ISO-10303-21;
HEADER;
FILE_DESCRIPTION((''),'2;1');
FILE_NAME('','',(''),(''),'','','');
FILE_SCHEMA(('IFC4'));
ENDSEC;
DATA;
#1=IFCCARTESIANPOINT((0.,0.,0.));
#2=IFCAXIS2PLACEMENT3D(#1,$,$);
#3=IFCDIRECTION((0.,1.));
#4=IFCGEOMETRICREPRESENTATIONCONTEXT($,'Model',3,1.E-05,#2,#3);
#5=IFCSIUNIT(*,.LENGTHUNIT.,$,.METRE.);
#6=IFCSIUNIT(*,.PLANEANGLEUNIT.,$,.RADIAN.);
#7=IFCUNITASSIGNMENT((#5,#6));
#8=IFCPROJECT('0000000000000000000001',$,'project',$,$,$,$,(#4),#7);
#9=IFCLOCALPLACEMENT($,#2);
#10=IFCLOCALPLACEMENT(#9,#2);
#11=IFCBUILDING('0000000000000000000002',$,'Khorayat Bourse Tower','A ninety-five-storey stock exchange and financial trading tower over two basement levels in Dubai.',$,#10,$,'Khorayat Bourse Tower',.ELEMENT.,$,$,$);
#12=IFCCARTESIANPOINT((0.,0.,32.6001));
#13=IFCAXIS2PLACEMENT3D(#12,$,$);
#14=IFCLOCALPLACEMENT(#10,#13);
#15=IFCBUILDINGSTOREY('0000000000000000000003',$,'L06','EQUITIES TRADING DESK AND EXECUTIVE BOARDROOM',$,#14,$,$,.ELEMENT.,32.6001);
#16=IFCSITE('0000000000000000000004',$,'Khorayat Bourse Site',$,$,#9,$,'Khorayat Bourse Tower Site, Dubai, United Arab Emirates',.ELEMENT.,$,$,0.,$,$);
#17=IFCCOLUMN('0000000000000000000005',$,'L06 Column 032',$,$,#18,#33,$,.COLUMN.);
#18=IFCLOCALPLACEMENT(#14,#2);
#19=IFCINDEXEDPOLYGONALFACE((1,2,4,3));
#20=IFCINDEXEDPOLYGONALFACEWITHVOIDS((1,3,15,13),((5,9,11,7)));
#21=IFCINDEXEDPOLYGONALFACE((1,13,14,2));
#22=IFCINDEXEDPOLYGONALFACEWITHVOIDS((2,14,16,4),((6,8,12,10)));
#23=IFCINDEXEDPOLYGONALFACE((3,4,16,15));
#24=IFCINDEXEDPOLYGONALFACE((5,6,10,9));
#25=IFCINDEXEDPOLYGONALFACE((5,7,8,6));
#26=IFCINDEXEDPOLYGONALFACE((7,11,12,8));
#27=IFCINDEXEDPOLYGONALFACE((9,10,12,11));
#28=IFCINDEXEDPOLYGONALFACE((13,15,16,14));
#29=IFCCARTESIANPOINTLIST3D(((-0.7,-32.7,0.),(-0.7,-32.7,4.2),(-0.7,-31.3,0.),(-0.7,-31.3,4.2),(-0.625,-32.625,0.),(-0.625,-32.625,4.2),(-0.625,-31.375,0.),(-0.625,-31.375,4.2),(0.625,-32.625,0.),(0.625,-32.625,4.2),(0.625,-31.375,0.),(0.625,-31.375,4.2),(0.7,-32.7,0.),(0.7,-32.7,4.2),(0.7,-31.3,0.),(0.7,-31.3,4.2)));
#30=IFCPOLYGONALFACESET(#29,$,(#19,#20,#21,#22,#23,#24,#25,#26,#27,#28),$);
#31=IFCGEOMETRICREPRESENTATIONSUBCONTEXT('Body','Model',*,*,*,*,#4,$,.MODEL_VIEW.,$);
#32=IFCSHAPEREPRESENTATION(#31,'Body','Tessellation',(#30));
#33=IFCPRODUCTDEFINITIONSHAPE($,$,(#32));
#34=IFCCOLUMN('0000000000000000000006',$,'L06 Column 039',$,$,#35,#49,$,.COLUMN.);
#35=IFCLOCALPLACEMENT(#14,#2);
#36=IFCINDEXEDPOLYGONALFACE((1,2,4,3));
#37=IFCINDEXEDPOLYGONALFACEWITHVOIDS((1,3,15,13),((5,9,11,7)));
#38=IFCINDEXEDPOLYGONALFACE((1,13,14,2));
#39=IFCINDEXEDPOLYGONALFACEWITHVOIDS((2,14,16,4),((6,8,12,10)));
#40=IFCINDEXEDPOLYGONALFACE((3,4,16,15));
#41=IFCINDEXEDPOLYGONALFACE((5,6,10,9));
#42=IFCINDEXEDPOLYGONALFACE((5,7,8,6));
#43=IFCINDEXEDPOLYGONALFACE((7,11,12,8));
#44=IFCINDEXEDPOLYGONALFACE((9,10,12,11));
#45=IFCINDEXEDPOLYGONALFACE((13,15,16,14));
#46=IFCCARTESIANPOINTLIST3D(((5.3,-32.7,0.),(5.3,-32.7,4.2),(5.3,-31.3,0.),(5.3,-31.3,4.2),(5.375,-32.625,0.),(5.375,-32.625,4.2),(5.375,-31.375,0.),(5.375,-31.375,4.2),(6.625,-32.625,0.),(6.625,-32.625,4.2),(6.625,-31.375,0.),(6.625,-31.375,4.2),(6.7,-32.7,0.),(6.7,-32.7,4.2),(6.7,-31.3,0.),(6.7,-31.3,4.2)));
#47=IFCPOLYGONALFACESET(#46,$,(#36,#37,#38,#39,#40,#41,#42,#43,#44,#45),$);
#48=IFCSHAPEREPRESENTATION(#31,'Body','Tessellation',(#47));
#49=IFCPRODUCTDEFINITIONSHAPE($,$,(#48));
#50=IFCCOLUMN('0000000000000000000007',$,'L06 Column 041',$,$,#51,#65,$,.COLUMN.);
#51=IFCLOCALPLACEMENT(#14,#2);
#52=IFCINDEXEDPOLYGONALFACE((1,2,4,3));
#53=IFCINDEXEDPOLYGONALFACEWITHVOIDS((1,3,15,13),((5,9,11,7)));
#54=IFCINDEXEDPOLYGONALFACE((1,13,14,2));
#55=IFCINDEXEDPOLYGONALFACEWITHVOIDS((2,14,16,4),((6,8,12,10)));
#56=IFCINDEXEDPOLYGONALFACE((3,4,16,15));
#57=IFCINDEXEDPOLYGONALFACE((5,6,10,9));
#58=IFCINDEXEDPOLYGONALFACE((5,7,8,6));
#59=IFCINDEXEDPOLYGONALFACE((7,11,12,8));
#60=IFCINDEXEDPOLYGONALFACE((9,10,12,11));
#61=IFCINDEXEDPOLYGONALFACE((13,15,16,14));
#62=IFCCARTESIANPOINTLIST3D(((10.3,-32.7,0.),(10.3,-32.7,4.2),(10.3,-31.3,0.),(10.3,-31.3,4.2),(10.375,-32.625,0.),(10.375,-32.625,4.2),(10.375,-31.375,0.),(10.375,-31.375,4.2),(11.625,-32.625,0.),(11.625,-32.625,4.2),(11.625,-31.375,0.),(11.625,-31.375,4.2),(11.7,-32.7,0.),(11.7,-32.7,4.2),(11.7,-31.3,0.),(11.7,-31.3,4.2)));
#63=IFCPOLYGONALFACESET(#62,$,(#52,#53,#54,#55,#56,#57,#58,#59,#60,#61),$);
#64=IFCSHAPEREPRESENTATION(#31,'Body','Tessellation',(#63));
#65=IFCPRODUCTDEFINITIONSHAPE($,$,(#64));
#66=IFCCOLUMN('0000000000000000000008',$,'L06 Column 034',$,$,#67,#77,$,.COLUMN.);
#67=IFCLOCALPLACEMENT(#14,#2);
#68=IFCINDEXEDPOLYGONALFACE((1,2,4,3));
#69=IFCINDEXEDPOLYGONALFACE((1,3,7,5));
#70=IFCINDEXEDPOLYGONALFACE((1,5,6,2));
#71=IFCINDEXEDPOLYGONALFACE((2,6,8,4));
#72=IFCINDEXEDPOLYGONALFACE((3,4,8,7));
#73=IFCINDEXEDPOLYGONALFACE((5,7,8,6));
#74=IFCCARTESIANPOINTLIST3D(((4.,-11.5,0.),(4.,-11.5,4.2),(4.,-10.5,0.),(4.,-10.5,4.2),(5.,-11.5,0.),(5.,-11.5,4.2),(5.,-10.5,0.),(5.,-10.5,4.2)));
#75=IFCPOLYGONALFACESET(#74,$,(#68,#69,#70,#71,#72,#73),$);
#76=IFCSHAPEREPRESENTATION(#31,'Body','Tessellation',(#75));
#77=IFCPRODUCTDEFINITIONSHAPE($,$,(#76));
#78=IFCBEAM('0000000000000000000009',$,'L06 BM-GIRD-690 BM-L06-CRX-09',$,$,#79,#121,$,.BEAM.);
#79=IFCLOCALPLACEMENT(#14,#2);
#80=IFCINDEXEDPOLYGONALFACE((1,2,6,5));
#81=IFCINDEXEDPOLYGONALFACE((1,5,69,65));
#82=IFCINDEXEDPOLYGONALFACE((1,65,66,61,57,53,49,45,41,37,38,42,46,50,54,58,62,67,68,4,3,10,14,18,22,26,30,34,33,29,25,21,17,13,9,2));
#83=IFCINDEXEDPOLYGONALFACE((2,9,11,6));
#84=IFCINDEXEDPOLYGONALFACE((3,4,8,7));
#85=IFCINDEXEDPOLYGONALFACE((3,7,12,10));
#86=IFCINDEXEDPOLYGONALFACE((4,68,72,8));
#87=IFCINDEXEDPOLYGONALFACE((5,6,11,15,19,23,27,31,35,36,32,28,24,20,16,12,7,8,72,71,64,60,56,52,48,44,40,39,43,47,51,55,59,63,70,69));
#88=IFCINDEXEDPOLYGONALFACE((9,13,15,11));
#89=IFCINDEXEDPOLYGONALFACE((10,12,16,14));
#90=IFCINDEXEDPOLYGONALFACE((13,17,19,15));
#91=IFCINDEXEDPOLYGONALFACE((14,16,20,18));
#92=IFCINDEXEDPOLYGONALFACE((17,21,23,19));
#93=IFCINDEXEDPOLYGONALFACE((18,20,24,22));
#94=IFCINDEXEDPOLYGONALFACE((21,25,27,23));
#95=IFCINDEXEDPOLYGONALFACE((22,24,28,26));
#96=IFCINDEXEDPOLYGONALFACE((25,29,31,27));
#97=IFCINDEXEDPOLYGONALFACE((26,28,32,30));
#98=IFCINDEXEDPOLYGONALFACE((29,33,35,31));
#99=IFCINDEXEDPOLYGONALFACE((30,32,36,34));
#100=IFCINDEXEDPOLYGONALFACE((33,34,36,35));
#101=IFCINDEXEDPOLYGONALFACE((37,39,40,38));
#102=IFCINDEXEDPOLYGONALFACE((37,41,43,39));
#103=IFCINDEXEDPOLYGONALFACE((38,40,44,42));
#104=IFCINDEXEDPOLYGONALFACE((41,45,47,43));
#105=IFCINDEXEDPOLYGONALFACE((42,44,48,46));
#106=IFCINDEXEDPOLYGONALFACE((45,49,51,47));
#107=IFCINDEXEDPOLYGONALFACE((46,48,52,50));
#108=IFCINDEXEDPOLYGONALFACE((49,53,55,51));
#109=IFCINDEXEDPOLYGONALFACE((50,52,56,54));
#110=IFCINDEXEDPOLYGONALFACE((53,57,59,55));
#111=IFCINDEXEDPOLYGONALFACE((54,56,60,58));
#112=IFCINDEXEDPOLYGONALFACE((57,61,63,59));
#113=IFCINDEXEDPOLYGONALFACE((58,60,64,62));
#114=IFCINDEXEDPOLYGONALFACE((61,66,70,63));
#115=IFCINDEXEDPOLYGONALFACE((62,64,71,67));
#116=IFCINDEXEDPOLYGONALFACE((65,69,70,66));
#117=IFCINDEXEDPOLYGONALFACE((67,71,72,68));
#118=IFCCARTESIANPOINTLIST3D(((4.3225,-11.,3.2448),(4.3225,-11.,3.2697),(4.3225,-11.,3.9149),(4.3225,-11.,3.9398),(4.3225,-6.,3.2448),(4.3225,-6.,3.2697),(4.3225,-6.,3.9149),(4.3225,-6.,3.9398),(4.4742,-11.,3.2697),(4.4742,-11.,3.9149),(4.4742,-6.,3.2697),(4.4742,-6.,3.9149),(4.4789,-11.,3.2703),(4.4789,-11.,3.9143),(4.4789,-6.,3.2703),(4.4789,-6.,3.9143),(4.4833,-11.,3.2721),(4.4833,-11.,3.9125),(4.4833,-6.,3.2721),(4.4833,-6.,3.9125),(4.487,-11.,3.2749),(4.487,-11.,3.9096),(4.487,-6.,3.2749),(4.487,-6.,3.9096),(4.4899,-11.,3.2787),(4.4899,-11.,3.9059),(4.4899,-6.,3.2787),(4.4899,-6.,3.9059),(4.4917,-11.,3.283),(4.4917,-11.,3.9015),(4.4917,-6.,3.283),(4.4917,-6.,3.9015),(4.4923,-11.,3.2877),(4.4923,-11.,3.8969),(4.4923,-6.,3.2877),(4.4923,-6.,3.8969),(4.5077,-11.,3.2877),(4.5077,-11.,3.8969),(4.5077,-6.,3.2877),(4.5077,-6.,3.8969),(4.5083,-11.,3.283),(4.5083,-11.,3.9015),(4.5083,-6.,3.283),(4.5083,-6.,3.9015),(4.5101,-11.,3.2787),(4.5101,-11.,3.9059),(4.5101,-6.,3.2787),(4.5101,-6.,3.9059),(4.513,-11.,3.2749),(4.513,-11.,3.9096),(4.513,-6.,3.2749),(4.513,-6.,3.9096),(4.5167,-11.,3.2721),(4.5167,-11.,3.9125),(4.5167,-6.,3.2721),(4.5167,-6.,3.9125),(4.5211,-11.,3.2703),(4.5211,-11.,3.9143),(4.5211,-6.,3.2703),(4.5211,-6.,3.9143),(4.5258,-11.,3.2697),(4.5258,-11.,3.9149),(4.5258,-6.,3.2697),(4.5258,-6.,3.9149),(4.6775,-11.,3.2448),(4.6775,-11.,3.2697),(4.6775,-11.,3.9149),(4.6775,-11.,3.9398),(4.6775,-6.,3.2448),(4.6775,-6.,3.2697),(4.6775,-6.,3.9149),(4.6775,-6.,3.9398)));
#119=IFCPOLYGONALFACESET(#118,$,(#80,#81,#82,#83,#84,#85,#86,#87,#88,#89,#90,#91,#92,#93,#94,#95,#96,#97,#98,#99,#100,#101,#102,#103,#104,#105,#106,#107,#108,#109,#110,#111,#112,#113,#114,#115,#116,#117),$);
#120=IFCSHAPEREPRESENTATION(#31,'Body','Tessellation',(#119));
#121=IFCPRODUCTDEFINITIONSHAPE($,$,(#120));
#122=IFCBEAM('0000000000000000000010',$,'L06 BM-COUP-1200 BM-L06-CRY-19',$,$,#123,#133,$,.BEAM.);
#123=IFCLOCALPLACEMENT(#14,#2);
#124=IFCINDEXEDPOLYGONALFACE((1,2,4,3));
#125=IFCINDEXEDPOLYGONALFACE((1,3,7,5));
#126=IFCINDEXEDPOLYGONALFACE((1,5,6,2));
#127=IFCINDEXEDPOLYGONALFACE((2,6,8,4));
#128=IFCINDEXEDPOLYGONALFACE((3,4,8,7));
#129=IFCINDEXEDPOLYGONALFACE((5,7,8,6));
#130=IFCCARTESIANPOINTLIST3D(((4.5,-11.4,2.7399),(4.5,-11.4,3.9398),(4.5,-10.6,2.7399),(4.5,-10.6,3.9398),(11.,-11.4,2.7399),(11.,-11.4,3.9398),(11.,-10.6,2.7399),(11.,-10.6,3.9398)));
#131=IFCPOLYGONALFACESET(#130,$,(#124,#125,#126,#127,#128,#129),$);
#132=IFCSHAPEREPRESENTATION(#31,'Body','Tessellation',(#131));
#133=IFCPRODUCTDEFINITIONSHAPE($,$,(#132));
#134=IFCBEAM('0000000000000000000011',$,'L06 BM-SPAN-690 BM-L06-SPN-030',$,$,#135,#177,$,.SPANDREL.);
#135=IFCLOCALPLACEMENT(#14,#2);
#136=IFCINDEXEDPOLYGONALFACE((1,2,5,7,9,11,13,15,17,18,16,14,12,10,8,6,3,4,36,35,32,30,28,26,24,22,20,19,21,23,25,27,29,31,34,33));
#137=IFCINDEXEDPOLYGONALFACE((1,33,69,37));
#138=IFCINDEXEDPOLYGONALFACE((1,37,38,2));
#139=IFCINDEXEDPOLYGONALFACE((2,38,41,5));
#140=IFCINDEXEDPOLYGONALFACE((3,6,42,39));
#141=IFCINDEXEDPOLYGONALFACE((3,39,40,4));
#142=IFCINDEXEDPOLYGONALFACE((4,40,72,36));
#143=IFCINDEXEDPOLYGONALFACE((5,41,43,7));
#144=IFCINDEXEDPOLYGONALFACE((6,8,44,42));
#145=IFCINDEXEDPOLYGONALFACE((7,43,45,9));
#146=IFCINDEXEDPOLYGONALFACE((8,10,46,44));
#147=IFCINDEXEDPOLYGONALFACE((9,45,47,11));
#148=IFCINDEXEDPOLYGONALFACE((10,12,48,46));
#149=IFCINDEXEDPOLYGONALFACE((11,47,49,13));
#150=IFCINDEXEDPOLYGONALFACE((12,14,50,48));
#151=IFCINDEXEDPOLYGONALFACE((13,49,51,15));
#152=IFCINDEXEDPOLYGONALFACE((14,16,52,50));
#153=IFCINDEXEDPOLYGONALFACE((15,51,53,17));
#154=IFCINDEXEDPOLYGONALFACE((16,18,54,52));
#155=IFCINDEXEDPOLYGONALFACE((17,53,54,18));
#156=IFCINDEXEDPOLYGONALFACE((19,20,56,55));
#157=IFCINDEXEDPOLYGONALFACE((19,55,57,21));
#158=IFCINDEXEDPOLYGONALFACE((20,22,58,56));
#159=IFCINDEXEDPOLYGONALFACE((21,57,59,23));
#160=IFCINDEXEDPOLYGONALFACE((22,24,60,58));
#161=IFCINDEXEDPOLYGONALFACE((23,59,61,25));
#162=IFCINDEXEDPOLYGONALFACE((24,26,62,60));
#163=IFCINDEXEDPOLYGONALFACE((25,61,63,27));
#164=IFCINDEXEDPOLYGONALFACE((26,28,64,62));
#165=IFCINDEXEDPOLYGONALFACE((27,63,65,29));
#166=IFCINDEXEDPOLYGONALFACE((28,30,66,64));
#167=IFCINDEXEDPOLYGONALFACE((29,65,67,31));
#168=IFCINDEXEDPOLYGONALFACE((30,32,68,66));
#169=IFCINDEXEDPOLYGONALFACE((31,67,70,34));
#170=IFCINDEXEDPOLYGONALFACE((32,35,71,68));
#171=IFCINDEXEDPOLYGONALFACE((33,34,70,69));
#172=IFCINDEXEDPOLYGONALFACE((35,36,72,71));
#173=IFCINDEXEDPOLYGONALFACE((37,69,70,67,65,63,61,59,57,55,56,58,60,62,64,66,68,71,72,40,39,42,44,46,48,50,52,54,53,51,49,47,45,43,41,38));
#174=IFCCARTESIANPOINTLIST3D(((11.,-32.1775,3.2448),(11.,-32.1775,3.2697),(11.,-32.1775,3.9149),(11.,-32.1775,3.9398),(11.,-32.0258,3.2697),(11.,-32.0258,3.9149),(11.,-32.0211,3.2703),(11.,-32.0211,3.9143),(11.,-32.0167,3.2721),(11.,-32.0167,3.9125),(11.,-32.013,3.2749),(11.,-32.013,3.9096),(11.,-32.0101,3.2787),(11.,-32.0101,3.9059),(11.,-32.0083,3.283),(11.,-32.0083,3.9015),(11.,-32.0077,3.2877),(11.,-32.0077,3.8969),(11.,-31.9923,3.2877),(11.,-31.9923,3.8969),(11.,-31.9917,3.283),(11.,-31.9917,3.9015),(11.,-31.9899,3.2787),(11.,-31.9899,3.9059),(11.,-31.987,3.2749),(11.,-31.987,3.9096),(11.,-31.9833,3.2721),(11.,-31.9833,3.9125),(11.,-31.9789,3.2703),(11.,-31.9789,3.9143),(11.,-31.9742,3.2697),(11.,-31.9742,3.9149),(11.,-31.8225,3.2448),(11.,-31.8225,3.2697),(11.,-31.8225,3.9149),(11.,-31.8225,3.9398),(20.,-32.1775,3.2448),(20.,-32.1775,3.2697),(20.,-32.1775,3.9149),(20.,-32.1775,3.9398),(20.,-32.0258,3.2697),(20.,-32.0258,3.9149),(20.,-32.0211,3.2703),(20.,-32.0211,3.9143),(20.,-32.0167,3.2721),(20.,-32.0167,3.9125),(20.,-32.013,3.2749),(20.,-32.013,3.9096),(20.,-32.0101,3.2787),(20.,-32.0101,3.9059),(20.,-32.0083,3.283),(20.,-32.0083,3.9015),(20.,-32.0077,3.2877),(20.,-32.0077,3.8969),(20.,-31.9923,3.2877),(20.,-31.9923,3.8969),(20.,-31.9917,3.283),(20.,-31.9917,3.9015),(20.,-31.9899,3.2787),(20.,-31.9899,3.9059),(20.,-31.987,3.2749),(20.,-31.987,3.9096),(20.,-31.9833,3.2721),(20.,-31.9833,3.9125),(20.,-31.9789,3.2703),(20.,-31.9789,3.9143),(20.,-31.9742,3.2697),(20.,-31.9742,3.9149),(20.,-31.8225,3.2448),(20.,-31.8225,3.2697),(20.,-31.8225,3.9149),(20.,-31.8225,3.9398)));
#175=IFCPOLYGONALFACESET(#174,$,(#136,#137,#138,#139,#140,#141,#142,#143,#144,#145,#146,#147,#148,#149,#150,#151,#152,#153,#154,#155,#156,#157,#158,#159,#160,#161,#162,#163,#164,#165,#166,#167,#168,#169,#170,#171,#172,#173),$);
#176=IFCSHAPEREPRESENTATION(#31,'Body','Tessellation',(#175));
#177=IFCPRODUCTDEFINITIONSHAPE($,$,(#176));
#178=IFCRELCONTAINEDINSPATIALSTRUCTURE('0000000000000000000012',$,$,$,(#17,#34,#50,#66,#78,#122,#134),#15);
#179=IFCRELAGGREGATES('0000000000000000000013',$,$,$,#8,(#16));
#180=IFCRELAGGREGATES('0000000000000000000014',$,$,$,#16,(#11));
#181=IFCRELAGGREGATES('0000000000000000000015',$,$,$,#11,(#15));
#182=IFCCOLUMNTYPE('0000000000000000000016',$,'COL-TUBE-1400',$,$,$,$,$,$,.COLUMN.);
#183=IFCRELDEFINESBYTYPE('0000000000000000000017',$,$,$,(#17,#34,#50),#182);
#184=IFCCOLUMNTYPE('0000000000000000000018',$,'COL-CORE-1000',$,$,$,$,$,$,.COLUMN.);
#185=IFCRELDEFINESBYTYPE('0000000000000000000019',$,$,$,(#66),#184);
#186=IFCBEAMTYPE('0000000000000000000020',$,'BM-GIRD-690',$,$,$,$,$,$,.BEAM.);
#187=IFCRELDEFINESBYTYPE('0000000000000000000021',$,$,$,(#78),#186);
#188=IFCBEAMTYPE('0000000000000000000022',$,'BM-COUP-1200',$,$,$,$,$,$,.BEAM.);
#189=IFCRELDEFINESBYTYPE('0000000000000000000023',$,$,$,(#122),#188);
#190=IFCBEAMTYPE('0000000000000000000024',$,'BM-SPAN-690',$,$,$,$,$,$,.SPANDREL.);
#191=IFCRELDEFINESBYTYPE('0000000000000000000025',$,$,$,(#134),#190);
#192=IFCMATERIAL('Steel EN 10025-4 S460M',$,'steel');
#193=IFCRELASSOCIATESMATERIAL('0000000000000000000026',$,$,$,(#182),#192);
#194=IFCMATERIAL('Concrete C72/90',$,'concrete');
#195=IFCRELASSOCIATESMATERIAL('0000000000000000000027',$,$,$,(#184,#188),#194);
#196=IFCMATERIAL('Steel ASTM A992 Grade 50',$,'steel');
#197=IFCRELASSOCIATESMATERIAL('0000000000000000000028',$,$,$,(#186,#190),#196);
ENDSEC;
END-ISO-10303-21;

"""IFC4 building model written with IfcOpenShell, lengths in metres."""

from ifc_helpers import new_model, si_unit, direction, frame, origin, origin_2d, place, context, subcontext, project, spatial, rectangle, hollow_rectangle, i_section, extrude, source, transform, mapped, material, material_profile, profile_set, type_object, element, save


model = new_model("IFC4")

# Units and contexts
model_context = context("Model", 3, precision=1e-05, world=origin(), true_north=direction((0.0, 1.0)))
body_context = subcontext(model_context, "Body", "Model", "MODEL_VIEW")
ifc_project = project(units=[si_unit("LENGTHUNIT", "METRE"), si_unit("PLANEANGLEUNIT", "RADIAN")], contexts=[model_context])

# Site, building, storey
site_placement = place(None, origin())
site = spatial("IfcSite", under=ifc_project, at=site_placement, Name="Khorayat Bourse Site", LongName="Khorayat Bourse Tower Site, Dubai, United Arab Emirates", CompositionType="ELEMENT", RefElevation=0.0)
building_placement = place(site_placement, origin())
building = spatial("IfcBuilding", under=site, at=building_placement, Name="Khorayat Bourse Tower", Description="A ninety-five-storey stock exchange and financial trading tower over two basement levels in Dubai.", LongName="Khorayat Bourse Tower", CompositionType="ELEMENT")
storey_placement = place(building_placement, frame((0.0, 0.0, 32.6001)))
storey = spatial("IfcBuildingStorey", under=building, at=storey_placement, Name="L06", Description="EQUITIES TRADING DESK AND EXECUTIVE BOARDROOM", CompositionType="ELEMENT", Elevation=32.6001)

# Columns
ifc_material_1 = material(Name="Steel EN 10025-4 S460M", Category="steel")
ifc_material_profile_1 = material_profile(ifc_material_1, hollow_rectangle(XDim=1.3999, YDim=1.3999, WallThickness=0.075, at=origin_2d()), Name="BOX 1400x1400x75")
ifc_profile_set_1 = profile_set([ifc_material_profile_1], Name="Steel EN 10025-4 S460M")
column_type_1 = type_object("IfcColumnType", Name="COL-TUBE-1400", PredefinedType="COLUMN", material=ifc_profile_set_1)
shared_shape_1 = source(origin(), body_context, "Body", "SweptSolid", [
    extrude(hollow_rectangle(XDim=1.3999, YDim=1.3999, WallThickness=0.075, at=origin_2d()), origin(), (0.0, 0.0, 1.0), 4.2),
])
for number, where, z_axis, x_axis, name in (
    (1, (0.0, -32.0, 0.0), (0.0, 0.0, 1.0), (1.0, 0.0, 0.0), "L06 Column 032"),
    (2, (6.0, -32.0, 0.0), (0.0, 0.0, 1.0), (1.0, 0.0, 0.0), "L06 Column 039"),
    (3, (11.0, -32.0, 0.0), (0.0, 0.0, 1.0), (1.0, 0.0, 0.0), "L06 Column 041"),
):
    element("IfcColumn", number, at=place(storey_placement, frame(where, z_axis=z_axis, x_axis=x_axis)), inside=storey, type_object=column_type_1, Name=name, PredefinedType="COLUMN", context=body_context, shape_type="MappedRepresentation", body=[
        mapped(shared_shape_1, transform((0.0, 0.0, 0.0), scale=1.0)),
    ])
ifc_material_2 = material(Name="Concrete C72/90", Category="concrete")
ifc_material_profile_2 = material_profile(ifc_material_2, rectangle(XDim=1.0, YDim=1.0, at=origin_2d()), Name="RC 1000x1000")
ifc_profile_set_2 = profile_set([ifc_material_profile_2], Name="Concrete C72/90")
column_type_2 = type_object("IfcColumnType", Name="COL-CORE-1000", PredefinedType="COLUMN", material=ifc_profile_set_2)
shared_shape_2 = source(origin(), body_context, "Body", "SweptSolid", [
    extrude(rectangle(XDim=1.0, YDim=1.0, at=origin_2d()), origin(), (0.0, 0.0, 1.0), 4.2),
])
column_placement = place(storey_placement, frame((4.5, -11.0, 0.0), z_axis=(0.0, 0.0, 1.0), x_axis=(1.0, 0.0, 0.0)))
element("IfcColumn", 4, at=column_placement, inside=storey, type_object=column_type_2, Name="L06 Column 034", PredefinedType="COLUMN", context=body_context, shape_type="MappedRepresentation", body=[
    mapped(shared_shape_2, transform((0.0, 0.0, 0.0), scale=1.0)),
])

# Beams
ifc_material_3 = material(Name="Steel ASTM A992 Grade 50", Category="steel")
ifc_material_profile_3 = material_profile(ifc_material_3, i_section(OverallWidth=0.355, OverallDepth=0.6951, WebThickness=0.0154, FlangeThickness=0.0249, FilletRadius=0.0181, at=origin_2d()), Name="W690X217")
ifc_profile_set_3 = profile_set([ifc_material_profile_3], Name="Steel ASTM A992 Grade 50")
beam_type_1 = type_object("IfcBeamType", Name="BM-GIRD-690", PredefinedType="BEAM", material=ifc_profile_set_3)
shared_shape_3 = source(origin(), body_context, "Body", "SweptSolid", [
    extrude(i_section(OverallWidth=0.355, OverallDepth=0.6951, WebThickness=0.0154, FlangeThickness=0.0249, FilletRadius=0.0181, at=origin_2d()), origin(), (0.0, 0.0, 1.0), 5.0),
])
beam_1_placement = place(storey_placement, frame((4.5, -11.0, 3.5923), z_axis=(0.0, 1.0, 0.0), x_axis=(-1.0, 0.0, 0.0)))
element("IfcBeam", 5, at=beam_1_placement, inside=storey, type_object=beam_type_1, Name="L06 BM-GIRD-690 BM-L06-CRX-09", PredefinedType="BEAM", context=body_context, shape_type="MappedRepresentation", body=[
    mapped(shared_shape_3, transform((0.0, 0.0, 0.0), scale=1.0)),
])
ifc_material_profile_4 = material_profile(ifc_material_2, rectangle(XDim=0.8, YDim=1.2, at=origin_2d()), Name="RC 800x1200")
ifc_profile_set_4 = profile_set([ifc_material_profile_4], Name="Concrete C72/90")
beam_type_2 = type_object("IfcBeamType", Name="BM-COUP-1200", PredefinedType="BEAM", material=ifc_profile_set_4)
shared_shape_4 = source(origin(), body_context, "Body", "SweptSolid", [
    extrude(rectangle(XDim=0.8, YDim=1.2, at=origin_2d()), origin(), (0.0, 0.0, 1.0), 6.5),
])
beam_2_placement = place(storey_placement, frame((4.5, -11.0, 3.3398), z_axis=(1.0, 0.0, 0.0), x_axis=(0.0, 1.0, 0.0)))
element("IfcBeam", 6, at=beam_2_placement, inside=storey, type_object=beam_type_2, Name="L06 BM-COUP-1200 BM-L06-CRY-19", PredefinedType="BEAM", context=body_context, shape_type="MappedRepresentation", body=[
    mapped(shared_shape_4, transform((0.0, 0.0, 0.0), scale=1.0)),
])
ifc_material_profile_5 = material_profile(ifc_material_3, i_section(OverallWidth=0.355, OverallDepth=0.6951, WebThickness=0.0154, FlangeThickness=0.0249, FilletRadius=0.0181, at=origin_2d()), Name="W690X217")
ifc_profile_set_5 = profile_set([ifc_material_profile_5], Name="Steel ASTM A992 Grade 50")
beam_type_3 = type_object("IfcBeamType", Name="BM-SPAN-690", PredefinedType="SPANDREL", material=ifc_profile_set_5)
shared_shape_5 = source(origin(), body_context, "Body", "SweptSolid", [
    extrude(i_section(OverallWidth=0.355, OverallDepth=0.6951, WebThickness=0.0154, FlangeThickness=0.0249, FilletRadius=0.0181, at=origin_2d()), origin(), (0.0, 0.0, 1.0), 9.0),
])
beam_3_placement = place(storey_placement, frame((11.0, -32.0, 3.5923), z_axis=(1.0, 0.0, 0.0), x_axis=(0.0, 1.0, 0.0)))
element("IfcBeam", 7, at=beam_3_placement, inside=storey, type_object=beam_type_3, Name="L06 BM-SPAN-690 BM-L06-SPN-030", PredefinedType="SPANDREL", context=body_context, shape_type="MappedRepresentation", body=[
    mapped(shared_shape_5, transform((0.0, 0.0, 0.0), scale=1.0)),
])

save(model, "model.ifc")
